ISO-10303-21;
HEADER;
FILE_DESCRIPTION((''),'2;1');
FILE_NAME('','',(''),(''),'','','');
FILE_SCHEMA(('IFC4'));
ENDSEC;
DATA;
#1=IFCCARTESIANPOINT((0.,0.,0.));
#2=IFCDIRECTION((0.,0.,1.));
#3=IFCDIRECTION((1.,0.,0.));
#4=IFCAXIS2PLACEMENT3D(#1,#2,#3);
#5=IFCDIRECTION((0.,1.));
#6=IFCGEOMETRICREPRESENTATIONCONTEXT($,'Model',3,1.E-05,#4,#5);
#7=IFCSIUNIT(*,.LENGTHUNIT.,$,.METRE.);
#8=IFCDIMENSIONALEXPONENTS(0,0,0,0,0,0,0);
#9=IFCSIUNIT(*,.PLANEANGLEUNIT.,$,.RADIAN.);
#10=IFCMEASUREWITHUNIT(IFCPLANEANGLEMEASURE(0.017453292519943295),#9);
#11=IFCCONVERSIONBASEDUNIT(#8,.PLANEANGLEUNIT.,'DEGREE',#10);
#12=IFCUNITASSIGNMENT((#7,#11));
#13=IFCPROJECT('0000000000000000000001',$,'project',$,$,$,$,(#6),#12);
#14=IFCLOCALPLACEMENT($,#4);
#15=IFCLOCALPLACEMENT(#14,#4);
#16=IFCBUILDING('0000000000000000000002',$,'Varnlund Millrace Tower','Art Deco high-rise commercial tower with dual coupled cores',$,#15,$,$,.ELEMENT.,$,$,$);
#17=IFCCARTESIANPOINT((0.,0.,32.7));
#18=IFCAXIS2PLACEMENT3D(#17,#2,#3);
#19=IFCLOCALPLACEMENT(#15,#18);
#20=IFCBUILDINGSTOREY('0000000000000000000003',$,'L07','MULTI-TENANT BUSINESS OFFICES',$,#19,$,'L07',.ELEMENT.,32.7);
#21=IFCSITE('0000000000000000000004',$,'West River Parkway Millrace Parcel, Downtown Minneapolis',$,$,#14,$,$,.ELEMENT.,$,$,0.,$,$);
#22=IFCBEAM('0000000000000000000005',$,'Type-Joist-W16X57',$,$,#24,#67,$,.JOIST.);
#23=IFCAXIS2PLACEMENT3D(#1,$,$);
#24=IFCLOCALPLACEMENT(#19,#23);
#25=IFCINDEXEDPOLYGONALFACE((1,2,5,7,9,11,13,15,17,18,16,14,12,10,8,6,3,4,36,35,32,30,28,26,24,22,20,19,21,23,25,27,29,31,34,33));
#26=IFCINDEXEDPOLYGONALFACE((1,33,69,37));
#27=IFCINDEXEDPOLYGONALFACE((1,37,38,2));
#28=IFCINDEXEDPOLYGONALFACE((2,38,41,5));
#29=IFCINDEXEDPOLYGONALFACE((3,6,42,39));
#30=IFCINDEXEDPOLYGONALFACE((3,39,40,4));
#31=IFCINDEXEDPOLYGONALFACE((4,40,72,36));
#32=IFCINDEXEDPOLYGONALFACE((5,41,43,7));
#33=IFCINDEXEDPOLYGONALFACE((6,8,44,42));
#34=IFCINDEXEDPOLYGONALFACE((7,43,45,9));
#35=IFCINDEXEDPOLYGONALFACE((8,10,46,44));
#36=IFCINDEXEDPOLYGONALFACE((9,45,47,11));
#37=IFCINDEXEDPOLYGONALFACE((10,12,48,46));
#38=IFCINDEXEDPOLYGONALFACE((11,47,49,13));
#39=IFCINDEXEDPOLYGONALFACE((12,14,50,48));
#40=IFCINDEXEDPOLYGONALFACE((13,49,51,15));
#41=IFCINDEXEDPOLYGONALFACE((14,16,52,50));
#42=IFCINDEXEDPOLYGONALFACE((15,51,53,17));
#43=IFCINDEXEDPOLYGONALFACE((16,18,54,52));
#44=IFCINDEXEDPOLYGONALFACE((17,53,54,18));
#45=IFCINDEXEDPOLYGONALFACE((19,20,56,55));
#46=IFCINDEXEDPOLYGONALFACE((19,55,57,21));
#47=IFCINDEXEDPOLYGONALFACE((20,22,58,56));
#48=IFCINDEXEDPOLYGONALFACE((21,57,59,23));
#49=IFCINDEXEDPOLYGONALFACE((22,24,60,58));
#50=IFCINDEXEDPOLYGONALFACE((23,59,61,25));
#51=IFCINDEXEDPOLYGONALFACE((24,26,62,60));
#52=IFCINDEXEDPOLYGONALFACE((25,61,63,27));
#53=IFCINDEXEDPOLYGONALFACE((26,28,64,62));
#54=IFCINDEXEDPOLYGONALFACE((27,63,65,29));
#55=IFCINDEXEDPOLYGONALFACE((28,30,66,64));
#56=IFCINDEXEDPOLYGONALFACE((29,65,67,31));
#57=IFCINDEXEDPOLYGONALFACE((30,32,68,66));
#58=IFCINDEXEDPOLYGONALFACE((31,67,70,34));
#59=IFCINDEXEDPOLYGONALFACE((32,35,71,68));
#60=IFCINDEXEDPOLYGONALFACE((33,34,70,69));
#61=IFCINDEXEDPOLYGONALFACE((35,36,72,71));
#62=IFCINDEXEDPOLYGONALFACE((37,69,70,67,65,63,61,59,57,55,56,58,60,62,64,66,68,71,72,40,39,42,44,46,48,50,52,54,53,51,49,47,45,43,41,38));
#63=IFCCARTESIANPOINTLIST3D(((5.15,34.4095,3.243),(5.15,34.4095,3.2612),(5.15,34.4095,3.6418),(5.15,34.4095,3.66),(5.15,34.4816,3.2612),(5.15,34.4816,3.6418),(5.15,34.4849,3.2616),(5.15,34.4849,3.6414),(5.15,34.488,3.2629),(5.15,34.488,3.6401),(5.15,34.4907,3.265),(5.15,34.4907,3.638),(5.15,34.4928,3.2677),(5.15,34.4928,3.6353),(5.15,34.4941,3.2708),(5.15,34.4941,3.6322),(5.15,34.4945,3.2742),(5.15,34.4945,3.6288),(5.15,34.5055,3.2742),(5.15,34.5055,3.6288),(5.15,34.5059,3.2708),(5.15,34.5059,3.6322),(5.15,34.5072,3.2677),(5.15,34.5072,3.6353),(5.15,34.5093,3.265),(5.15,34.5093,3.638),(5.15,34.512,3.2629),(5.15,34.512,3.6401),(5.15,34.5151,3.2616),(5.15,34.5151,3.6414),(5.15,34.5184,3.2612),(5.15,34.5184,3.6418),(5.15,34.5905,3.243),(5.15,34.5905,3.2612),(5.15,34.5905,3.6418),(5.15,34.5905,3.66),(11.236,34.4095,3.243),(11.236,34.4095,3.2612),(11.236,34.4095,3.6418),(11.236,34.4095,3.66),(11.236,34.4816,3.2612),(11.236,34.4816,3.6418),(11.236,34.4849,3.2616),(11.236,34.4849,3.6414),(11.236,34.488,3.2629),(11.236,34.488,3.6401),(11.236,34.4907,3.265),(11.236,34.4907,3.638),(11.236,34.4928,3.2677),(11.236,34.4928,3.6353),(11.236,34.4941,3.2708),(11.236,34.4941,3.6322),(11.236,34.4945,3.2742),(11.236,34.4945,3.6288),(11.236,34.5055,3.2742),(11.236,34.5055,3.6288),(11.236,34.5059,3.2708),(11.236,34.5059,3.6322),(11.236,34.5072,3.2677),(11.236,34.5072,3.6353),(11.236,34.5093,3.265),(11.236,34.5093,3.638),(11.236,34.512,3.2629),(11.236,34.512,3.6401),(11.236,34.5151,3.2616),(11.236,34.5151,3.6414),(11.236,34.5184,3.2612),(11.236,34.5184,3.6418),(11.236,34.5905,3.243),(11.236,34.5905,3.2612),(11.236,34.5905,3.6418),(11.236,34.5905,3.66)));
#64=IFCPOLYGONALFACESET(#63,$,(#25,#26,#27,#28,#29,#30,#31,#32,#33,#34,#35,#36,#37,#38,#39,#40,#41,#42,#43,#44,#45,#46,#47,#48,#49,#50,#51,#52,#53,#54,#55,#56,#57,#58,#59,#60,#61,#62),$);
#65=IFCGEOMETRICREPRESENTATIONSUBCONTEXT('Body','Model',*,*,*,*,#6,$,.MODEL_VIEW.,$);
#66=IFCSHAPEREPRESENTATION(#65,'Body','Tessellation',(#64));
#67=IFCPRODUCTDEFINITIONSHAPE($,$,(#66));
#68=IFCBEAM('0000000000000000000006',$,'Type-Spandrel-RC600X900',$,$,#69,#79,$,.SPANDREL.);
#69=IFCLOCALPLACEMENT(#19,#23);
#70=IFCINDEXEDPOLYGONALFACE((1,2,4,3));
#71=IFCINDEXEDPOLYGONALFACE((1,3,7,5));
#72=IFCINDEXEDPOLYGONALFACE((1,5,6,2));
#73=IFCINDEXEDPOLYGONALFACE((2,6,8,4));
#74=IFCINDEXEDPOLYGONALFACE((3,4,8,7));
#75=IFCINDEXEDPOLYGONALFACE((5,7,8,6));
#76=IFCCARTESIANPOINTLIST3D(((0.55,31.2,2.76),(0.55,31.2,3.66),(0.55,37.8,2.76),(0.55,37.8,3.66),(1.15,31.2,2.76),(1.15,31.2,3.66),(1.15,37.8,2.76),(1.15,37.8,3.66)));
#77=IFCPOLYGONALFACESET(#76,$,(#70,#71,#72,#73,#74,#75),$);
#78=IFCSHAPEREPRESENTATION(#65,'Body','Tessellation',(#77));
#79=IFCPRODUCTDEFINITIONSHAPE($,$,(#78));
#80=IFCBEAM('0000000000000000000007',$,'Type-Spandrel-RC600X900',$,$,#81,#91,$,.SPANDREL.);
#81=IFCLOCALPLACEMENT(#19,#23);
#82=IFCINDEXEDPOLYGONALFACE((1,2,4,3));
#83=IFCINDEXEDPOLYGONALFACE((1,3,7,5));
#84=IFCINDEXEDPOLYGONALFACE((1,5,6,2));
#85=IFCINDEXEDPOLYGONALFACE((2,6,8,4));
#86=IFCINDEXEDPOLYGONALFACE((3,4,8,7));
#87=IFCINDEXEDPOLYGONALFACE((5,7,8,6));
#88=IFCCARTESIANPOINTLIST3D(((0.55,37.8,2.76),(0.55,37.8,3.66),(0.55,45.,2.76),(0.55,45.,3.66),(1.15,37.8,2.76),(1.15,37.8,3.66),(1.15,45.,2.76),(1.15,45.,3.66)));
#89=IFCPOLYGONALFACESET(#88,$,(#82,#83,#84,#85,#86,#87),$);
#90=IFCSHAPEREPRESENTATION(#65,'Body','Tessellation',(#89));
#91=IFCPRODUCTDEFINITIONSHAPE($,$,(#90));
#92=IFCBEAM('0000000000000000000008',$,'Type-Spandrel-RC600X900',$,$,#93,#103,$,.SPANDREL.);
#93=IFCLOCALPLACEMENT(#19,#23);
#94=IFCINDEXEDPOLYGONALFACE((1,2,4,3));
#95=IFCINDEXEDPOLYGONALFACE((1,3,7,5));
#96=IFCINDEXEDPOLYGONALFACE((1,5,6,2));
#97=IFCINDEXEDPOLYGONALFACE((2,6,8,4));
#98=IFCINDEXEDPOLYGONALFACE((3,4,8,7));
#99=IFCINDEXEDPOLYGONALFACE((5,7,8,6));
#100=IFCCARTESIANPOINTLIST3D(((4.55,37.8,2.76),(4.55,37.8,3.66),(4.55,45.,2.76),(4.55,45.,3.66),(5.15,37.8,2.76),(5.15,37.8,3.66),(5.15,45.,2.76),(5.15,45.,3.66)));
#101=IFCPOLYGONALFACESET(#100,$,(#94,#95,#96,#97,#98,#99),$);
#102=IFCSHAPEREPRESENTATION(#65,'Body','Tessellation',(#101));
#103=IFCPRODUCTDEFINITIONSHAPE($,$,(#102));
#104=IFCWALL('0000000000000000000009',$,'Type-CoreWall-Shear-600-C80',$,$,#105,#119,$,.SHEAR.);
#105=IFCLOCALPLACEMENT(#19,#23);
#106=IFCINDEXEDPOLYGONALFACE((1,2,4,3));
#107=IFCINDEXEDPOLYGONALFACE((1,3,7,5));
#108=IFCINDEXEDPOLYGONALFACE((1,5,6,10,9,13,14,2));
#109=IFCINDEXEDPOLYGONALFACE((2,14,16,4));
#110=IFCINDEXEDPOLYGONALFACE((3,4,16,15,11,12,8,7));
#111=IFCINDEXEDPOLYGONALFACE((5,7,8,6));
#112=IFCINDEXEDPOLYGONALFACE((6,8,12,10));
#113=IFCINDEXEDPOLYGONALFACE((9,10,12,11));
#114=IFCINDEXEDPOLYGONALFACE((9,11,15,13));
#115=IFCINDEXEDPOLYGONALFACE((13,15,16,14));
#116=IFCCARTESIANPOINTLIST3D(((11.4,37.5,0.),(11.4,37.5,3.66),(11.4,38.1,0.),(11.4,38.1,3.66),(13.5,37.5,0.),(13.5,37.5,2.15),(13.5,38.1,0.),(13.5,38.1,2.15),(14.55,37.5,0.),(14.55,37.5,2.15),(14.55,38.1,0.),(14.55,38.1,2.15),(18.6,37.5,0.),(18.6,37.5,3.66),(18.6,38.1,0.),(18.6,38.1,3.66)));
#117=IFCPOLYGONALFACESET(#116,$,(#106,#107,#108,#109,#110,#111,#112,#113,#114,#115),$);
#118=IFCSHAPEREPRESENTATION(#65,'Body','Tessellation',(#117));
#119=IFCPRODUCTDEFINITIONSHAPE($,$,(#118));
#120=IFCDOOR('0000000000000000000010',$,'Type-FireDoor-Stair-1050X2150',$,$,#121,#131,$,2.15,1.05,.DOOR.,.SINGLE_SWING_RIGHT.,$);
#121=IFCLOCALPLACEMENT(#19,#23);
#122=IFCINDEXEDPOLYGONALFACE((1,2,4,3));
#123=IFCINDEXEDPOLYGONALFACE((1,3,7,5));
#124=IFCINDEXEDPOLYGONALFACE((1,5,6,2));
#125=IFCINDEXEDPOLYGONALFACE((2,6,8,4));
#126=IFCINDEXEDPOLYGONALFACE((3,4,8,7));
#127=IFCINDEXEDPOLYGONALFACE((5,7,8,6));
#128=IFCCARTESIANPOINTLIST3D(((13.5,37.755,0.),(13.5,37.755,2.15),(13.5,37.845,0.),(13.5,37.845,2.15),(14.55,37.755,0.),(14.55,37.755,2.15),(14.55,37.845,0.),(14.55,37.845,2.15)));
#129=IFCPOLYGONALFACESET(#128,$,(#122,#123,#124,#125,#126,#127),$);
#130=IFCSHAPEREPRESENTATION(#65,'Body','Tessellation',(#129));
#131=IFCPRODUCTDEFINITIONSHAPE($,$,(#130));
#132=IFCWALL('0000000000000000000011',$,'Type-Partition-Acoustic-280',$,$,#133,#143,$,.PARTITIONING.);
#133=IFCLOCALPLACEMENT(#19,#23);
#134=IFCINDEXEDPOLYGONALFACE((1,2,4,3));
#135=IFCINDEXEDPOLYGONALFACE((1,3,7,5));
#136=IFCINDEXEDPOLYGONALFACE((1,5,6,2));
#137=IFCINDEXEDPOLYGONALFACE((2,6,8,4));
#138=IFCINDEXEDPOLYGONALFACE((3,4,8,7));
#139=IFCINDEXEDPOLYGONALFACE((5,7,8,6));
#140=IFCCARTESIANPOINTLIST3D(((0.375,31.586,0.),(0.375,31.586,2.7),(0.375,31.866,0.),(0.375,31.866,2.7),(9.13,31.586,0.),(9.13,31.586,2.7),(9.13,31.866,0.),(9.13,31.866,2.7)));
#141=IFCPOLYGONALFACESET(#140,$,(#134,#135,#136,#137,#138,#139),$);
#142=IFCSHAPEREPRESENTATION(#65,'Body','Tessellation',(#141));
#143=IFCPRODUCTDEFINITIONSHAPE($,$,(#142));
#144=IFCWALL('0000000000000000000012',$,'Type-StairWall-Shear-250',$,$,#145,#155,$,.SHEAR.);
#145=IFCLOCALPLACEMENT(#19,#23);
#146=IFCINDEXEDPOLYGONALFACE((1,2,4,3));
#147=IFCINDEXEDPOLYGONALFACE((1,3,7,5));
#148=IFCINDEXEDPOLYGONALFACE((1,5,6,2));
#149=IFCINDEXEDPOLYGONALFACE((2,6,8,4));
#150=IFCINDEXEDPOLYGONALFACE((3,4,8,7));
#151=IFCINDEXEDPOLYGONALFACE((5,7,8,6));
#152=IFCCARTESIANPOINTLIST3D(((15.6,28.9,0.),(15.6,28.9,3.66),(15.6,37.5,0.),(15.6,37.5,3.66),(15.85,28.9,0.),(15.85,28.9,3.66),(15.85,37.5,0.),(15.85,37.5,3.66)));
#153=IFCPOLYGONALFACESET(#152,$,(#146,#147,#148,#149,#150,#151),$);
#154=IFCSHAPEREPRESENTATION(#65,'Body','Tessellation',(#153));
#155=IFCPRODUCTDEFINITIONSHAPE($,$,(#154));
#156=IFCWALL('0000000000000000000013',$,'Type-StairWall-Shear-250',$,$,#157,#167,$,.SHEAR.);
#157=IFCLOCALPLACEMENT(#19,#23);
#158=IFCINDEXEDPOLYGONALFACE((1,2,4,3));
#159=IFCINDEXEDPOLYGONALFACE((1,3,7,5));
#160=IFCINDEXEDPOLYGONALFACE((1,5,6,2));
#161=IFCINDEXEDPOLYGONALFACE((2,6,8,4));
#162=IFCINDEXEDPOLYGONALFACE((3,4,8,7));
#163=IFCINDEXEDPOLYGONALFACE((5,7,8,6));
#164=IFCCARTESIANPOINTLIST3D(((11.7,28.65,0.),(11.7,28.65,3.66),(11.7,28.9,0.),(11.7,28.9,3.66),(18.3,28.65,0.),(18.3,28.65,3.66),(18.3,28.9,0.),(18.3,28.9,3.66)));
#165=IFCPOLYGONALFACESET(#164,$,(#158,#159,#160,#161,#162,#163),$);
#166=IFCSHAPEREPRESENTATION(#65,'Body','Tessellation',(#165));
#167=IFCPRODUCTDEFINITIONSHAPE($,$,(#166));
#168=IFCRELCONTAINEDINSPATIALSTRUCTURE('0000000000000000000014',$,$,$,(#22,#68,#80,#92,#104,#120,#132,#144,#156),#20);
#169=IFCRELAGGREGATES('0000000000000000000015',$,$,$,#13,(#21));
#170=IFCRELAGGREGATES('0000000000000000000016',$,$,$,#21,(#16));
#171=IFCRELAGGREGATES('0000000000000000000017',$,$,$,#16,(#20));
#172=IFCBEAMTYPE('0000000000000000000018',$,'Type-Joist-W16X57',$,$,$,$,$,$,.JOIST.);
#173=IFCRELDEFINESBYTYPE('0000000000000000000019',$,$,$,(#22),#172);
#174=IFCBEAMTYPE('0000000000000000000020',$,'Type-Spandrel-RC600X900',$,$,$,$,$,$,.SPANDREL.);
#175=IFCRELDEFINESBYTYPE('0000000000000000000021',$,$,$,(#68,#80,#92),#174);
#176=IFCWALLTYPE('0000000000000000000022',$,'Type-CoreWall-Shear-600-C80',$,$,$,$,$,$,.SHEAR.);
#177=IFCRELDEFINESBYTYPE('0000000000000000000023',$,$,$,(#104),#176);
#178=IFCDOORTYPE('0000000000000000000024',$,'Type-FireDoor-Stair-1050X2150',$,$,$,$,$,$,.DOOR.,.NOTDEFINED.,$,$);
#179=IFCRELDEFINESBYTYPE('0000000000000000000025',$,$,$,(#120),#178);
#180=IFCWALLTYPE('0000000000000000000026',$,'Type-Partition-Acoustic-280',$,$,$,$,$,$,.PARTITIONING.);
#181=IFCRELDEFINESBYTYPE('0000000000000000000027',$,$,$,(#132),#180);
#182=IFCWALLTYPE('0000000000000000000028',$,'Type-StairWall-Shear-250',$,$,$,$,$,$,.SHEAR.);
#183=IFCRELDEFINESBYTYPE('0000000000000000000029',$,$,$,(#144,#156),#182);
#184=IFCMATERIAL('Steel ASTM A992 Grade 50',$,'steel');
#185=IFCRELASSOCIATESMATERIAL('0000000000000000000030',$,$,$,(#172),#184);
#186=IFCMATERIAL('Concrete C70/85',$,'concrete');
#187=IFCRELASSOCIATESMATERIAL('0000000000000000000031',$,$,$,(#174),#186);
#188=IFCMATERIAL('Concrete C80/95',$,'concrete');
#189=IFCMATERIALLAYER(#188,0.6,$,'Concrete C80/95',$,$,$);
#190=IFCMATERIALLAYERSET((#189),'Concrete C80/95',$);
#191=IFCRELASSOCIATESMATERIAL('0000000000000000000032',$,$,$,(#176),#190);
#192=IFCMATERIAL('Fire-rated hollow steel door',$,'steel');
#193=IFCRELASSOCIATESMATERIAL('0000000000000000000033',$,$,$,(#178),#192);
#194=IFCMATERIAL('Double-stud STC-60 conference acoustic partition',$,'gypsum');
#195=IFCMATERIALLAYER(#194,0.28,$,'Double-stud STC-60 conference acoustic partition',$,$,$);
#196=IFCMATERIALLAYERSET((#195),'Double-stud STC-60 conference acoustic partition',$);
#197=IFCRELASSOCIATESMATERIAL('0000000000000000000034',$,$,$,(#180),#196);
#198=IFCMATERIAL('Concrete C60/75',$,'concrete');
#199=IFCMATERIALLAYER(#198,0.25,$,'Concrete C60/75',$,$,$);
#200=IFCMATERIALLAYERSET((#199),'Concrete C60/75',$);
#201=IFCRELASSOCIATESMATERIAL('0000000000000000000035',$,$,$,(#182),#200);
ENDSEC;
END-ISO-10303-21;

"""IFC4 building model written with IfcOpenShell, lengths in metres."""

from ifc_helpers import new_model, entity, si_unit, converted_unit, direction, frame, origin_with_axes, origin_2d_with_axis, place, context, subcontext, project, spatial, polyline, rectangle, i_section, outline, extrude, material, layer, layer_set, material_profile, profile_set, type_object, element, fill, save


model = new_model("IFC4")

# Units and contexts
model_context = context("Model", 3, precision=1e-05, world=origin_with_axes(), true_north=direction((0.0, 1.0)))
body_context = subcontext(model_context, "Body", "Model", "MODEL_VIEW")
ifc_project = project(units=[si_unit("LENGTHUNIT", "METRE"), converted_unit("PLANEANGLEUNIT", "DEGREE", entity("IfcPlaneAngleMeasure", 0.017453292519943295), si_unit("PLANEANGLEUNIT", "RADIAN"), dimensions=[0, 0, 0, 0, 0, 0, 0])], contexts=[model_context])

# Site, building, storey
site_placement = place(None, origin_with_axes())
site = spatial("IfcSite", under=ifc_project, at=site_placement, Name="West River Parkway Millrace Parcel, Downtown Minneapolis", CompositionType="ELEMENT", RefElevation=0.0)
building_placement = place(site_placement, origin_with_axes())
building = spatial("IfcBuilding", under=site, at=building_placement, Name="Varnlund Millrace Tower", Description="Art Deco high-rise commercial tower with dual coupled cores", CompositionType="ELEMENT")
storey_placement = place(building_placement, frame((0.0, 0.0, 32.7), z_axis=(0.0, 0.0, 1.0), x_axis=(1.0, 0.0, 0.0)))
storey = spatial("IfcBuildingStorey", under=building, at=storey_placement, Name="L07", Description="MULTI-TENANT BUSINESS OFFICES", LongName="L07", CompositionType="ELEMENT", Elevation=32.7)

# Shared definitions
ifc_material_1 = material(Name="Concrete C80/95", Category="concrete")

# Beams
ifc_material_2 = material(Name="Steel ASTM A992 Grade 50", Category="steel")
ifc_material_profile_1 = material_profile(ifc_material_2, i_section(OverallWidth=0.181, OverallDepth=0.417, WebThickness=0.0109, FlangeThickness=0.0182, FilletRadius=0.013, at=origin_2d_with_axis()), Name="Steel ASTM A992 Grade 50")
ifc_profile_set_1 = profile_set([ifc_material_profile_1], Name="Steel ASTM A992 Grade 50")
beam_type_1 = type_object("IfcBeamType", Name="Type-Joist-W16X57", PredefinedType="JOIST", material=ifc_profile_set_1)
beam_1_placement = place(storey_placement, frame((5.15, 34.5, 3.4515), z_axis=(1.0, 0.0, 0.0), x_axis=(0.0, 1.0, 0.0)))
element("IfcBeam", 1, at=beam_1_placement, inside=storey, type_object=beam_type_1, Name="Type-Joist-W16X57", PredefinedType="JOIST", context=body_context, shape_type="SweptSolid", body=[
    extrude(i_section(OverallWidth=0.181, OverallDepth=0.417, WebThickness=0.0109, FlangeThickness=0.0182, FilletRadius=0.013, at=origin_2d_with_axis()), origin_with_axes(), (0.0, 0.0, 1.0), 6.086),
])
ifc_material_3 = material(Name="Concrete C70/85", Category="concrete")
ifc_material_profile_2 = material_profile(ifc_material_3, rectangle(XDim=0.6, YDim=0.9, at=origin_2d_with_axis()), Name="Concrete C70/85")
ifc_profile_set_2 = profile_set([ifc_material_profile_2], Name="Concrete C70/85")
beam_type_2 = type_object("IfcBeamType", Name="Type-Spandrel-RC600X900", PredefinedType="SPANDREL", material=ifc_profile_set_2)
beam_2_placement = place(storey_placement, frame((0.85, 31.2, 3.21), z_axis=(0.0, 1.0, 0.0), x_axis=(-1.0, 0.0, 0.0)))
element("IfcBeam", 2, at=beam_2_placement, inside=storey, type_object=beam_type_2, Name="Type-Spandrel-RC600X900", PredefinedType="SPANDREL", context=body_context, shape_type="SweptSolid", body=[
    extrude(rectangle(XDim=0.6, YDim=0.9, at=origin_2d_with_axis()), origin_with_axes(), (0.0, 0.0, 1.0), 6.6),
])
for number, where, z_axis, x_axis, name in (
    (3, (0.85, 37.8, 3.21), (0.0, 1.0, 0.0), (-1.0, 0.0, 0.0), "Type-Spandrel-RC600X900"),
    (4, (4.85, 37.8, 3.21), (0.0, 1.0, 0.0), (-1.0, 0.0, 0.0), "Type-Spandrel-RC600X900"),
):
    element("IfcBeam", number, at=place(storey_placement, frame(where, z_axis=z_axis, x_axis=x_axis)), inside=storey, type_object=beam_type_2, Name=name, PredefinedType="SPANDREL", context=body_context, shape_type="SweptSolid", body=[
        extrude(rectangle(XDim=0.6, YDim=0.9, at=origin_2d_with_axis()), origin_with_axes(), (0.0, 0.0, 1.0), 7.2),
    ])

# Wall, opening, door
ifc_layer_1 = layer(ifc_material_1, 0.6, Name="Concrete C80/95")
ifc_layer_set_1 = layer_set([ifc_layer_1], Name="Concrete C80/95")
wall_type_1 = type_object("IfcWallType", Name="Type-CoreWall-Shear-600-C80", PredefinedType="SHEAR", material=ifc_layer_set_1)
wall_1_placement = place(storey_placement, frame((11.4, 37.8, 0.0), z_axis=(0.0, 0.0, 1.0), x_axis=(1.0, 0.0, 0.0)))
wall_1 = element("IfcWall", 5, at=wall_1_placement, inside=storey, type_object=wall_type_1, Name="Type-CoreWall-Shear-600-C80", PredefinedType="SHEAR", context=body_context, shape_type="SweptSolid", body=[
    extrude(outline(polyline([(0.0, -0.3), (7.2, -0.3), (7.2, 0.3), (0.0, 0.3), (0.0, -0.3)])), origin_with_axes(), (0.0, 0.0, 1.0), 3.66),
])
opening_placement = place(wall_1_placement, frame((2.625, 0.0, 0.0), z_axis=(0.0, 0.0, 1.0), x_axis=(1.0, 0.0, 0.0)))
opening = element("IfcOpeningElement", 6, at=opening_placement, cuts=wall_1, PredefinedType="OPENING", context=body_context, shape_type="SweptSolid", body=[
    extrude(rectangle(XDim=1.05, YDim=0.62, at=origin_2d_with_axis()), origin_with_axes(), (0.0, 0.0, 1.0), 2.15),
])
ifc_material_4 = material(Name="Fire-rated hollow steel door", Category="steel")
door_type = type_object("IfcDoorType", Name="Type-FireDoor-Stair-1050X2150", OperationType="NOTDEFINED", PredefinedType="DOOR", material=ifc_material_4)
door_placement = place(wall_1_placement, frame((2.625, 0.0, 0.0), z_axis=(0.0, 0.0, 1.0), x_axis=(1.0, 0.0, 0.0)))
door = element("IfcDoor", 7, at=door_placement, inside=storey, type_object=door_type, Name="Type-FireDoor-Stair-1050X2150", OperationType="SINGLE_SWING_RIGHT", OverallHeight=2.15, OverallWidth=1.05, PredefinedType="DOOR", context=body_context, shape_type="SweptSolid", body=[
    extrude(rectangle(XDim=1.05, YDim=0.09, at=origin_2d_with_axis()), origin_with_axes(), (0.0, 0.0, 1.0), 2.15),
])
fill(opening, door)

# Walls
ifc_material_5 = material(Name="Double-stud STC-60 conference acoustic partition", Category="gypsum")
ifc_layer_2 = layer(ifc_material_5, 0.28, Name="Double-stud STC-60 conference acoustic partition")
ifc_layer_set_2 = layer_set([ifc_layer_2], Name="Double-stud STC-60 conference acoustic partition")
wall_type_2 = type_object("IfcWallType", Name="Type-Partition-Acoustic-280", PredefinedType="PARTITIONING", material=ifc_layer_set_2)
wall_2_placement = place(storey_placement, frame((0.375, 31.726, 0.0), z_axis=(0.0, 0.0, 1.0), x_axis=(1.0, 0.0, 0.0)))
element("IfcWall", 8, at=wall_2_placement, inside=storey, type_object=wall_type_2, Name="Type-Partition-Acoustic-280", PredefinedType="PARTITIONING", context=body_context, shape_type="SweptSolid", body=[
    extrude(outline(polyline([(0.0, -0.14), (8.755, -0.14), (8.755, 0.14), (0.0, 0.14), (0.0, -0.14)])), origin_with_axes(), (0.0, 0.0, 1.0), 2.7),
])
ifc_material_6 = material(Name="Concrete C60/75", Category="concrete")
ifc_layer_3 = layer(ifc_material_6, 0.25, Name="Concrete C60/75")
ifc_layer_set_3 = layer_set([ifc_layer_3], Name="Concrete C60/75")
wall_type_3 = type_object("IfcWallType", Name="Type-StairWall-Shear-250", PredefinedType="SHEAR", material=ifc_layer_set_3)
wall_3_placement = place(storey_placement, frame((15.725, 28.9, 0.0), z_axis=(0.0, 0.0, 1.0), x_axis=(0.0, 1.0, 0.0)))
element("IfcWall", 9, at=wall_3_placement, inside=storey, type_object=wall_type_3, Name="Type-StairWall-Shear-250", PredefinedType="SHEAR", context=body_context, shape_type="SweptSolid", body=[
    extrude(outline(polyline([(0.0, -0.125), (8.6, -0.125), (8.6, 0.125), (0.0, 0.125), (0.0, -0.125)])), origin_with_axes(), (0.0, 0.0, 1.0), 3.66),
])
wall_4_placement = place(storey_placement, frame((11.7, 28.775, 0.0), z_axis=(0.0, 0.0, 1.0), x_axis=(1.0, 0.0, 0.0)))
element("IfcWall", 10, at=wall_4_placement, inside=storey, type_object=wall_type_3, Name="Type-StairWall-Shear-250", PredefinedType="SHEAR", context=body_context, shape_type="SweptSolid", body=[
    extrude(outline(polyline([(0.0, -0.125), (6.6, -0.125), (6.6, 0.125), (0.0, 0.125), (0.0, -0.125)])), origin_with_axes(), (0.0, 0.0, 1.0), 3.66),
])

save(model, "model.ifc")
